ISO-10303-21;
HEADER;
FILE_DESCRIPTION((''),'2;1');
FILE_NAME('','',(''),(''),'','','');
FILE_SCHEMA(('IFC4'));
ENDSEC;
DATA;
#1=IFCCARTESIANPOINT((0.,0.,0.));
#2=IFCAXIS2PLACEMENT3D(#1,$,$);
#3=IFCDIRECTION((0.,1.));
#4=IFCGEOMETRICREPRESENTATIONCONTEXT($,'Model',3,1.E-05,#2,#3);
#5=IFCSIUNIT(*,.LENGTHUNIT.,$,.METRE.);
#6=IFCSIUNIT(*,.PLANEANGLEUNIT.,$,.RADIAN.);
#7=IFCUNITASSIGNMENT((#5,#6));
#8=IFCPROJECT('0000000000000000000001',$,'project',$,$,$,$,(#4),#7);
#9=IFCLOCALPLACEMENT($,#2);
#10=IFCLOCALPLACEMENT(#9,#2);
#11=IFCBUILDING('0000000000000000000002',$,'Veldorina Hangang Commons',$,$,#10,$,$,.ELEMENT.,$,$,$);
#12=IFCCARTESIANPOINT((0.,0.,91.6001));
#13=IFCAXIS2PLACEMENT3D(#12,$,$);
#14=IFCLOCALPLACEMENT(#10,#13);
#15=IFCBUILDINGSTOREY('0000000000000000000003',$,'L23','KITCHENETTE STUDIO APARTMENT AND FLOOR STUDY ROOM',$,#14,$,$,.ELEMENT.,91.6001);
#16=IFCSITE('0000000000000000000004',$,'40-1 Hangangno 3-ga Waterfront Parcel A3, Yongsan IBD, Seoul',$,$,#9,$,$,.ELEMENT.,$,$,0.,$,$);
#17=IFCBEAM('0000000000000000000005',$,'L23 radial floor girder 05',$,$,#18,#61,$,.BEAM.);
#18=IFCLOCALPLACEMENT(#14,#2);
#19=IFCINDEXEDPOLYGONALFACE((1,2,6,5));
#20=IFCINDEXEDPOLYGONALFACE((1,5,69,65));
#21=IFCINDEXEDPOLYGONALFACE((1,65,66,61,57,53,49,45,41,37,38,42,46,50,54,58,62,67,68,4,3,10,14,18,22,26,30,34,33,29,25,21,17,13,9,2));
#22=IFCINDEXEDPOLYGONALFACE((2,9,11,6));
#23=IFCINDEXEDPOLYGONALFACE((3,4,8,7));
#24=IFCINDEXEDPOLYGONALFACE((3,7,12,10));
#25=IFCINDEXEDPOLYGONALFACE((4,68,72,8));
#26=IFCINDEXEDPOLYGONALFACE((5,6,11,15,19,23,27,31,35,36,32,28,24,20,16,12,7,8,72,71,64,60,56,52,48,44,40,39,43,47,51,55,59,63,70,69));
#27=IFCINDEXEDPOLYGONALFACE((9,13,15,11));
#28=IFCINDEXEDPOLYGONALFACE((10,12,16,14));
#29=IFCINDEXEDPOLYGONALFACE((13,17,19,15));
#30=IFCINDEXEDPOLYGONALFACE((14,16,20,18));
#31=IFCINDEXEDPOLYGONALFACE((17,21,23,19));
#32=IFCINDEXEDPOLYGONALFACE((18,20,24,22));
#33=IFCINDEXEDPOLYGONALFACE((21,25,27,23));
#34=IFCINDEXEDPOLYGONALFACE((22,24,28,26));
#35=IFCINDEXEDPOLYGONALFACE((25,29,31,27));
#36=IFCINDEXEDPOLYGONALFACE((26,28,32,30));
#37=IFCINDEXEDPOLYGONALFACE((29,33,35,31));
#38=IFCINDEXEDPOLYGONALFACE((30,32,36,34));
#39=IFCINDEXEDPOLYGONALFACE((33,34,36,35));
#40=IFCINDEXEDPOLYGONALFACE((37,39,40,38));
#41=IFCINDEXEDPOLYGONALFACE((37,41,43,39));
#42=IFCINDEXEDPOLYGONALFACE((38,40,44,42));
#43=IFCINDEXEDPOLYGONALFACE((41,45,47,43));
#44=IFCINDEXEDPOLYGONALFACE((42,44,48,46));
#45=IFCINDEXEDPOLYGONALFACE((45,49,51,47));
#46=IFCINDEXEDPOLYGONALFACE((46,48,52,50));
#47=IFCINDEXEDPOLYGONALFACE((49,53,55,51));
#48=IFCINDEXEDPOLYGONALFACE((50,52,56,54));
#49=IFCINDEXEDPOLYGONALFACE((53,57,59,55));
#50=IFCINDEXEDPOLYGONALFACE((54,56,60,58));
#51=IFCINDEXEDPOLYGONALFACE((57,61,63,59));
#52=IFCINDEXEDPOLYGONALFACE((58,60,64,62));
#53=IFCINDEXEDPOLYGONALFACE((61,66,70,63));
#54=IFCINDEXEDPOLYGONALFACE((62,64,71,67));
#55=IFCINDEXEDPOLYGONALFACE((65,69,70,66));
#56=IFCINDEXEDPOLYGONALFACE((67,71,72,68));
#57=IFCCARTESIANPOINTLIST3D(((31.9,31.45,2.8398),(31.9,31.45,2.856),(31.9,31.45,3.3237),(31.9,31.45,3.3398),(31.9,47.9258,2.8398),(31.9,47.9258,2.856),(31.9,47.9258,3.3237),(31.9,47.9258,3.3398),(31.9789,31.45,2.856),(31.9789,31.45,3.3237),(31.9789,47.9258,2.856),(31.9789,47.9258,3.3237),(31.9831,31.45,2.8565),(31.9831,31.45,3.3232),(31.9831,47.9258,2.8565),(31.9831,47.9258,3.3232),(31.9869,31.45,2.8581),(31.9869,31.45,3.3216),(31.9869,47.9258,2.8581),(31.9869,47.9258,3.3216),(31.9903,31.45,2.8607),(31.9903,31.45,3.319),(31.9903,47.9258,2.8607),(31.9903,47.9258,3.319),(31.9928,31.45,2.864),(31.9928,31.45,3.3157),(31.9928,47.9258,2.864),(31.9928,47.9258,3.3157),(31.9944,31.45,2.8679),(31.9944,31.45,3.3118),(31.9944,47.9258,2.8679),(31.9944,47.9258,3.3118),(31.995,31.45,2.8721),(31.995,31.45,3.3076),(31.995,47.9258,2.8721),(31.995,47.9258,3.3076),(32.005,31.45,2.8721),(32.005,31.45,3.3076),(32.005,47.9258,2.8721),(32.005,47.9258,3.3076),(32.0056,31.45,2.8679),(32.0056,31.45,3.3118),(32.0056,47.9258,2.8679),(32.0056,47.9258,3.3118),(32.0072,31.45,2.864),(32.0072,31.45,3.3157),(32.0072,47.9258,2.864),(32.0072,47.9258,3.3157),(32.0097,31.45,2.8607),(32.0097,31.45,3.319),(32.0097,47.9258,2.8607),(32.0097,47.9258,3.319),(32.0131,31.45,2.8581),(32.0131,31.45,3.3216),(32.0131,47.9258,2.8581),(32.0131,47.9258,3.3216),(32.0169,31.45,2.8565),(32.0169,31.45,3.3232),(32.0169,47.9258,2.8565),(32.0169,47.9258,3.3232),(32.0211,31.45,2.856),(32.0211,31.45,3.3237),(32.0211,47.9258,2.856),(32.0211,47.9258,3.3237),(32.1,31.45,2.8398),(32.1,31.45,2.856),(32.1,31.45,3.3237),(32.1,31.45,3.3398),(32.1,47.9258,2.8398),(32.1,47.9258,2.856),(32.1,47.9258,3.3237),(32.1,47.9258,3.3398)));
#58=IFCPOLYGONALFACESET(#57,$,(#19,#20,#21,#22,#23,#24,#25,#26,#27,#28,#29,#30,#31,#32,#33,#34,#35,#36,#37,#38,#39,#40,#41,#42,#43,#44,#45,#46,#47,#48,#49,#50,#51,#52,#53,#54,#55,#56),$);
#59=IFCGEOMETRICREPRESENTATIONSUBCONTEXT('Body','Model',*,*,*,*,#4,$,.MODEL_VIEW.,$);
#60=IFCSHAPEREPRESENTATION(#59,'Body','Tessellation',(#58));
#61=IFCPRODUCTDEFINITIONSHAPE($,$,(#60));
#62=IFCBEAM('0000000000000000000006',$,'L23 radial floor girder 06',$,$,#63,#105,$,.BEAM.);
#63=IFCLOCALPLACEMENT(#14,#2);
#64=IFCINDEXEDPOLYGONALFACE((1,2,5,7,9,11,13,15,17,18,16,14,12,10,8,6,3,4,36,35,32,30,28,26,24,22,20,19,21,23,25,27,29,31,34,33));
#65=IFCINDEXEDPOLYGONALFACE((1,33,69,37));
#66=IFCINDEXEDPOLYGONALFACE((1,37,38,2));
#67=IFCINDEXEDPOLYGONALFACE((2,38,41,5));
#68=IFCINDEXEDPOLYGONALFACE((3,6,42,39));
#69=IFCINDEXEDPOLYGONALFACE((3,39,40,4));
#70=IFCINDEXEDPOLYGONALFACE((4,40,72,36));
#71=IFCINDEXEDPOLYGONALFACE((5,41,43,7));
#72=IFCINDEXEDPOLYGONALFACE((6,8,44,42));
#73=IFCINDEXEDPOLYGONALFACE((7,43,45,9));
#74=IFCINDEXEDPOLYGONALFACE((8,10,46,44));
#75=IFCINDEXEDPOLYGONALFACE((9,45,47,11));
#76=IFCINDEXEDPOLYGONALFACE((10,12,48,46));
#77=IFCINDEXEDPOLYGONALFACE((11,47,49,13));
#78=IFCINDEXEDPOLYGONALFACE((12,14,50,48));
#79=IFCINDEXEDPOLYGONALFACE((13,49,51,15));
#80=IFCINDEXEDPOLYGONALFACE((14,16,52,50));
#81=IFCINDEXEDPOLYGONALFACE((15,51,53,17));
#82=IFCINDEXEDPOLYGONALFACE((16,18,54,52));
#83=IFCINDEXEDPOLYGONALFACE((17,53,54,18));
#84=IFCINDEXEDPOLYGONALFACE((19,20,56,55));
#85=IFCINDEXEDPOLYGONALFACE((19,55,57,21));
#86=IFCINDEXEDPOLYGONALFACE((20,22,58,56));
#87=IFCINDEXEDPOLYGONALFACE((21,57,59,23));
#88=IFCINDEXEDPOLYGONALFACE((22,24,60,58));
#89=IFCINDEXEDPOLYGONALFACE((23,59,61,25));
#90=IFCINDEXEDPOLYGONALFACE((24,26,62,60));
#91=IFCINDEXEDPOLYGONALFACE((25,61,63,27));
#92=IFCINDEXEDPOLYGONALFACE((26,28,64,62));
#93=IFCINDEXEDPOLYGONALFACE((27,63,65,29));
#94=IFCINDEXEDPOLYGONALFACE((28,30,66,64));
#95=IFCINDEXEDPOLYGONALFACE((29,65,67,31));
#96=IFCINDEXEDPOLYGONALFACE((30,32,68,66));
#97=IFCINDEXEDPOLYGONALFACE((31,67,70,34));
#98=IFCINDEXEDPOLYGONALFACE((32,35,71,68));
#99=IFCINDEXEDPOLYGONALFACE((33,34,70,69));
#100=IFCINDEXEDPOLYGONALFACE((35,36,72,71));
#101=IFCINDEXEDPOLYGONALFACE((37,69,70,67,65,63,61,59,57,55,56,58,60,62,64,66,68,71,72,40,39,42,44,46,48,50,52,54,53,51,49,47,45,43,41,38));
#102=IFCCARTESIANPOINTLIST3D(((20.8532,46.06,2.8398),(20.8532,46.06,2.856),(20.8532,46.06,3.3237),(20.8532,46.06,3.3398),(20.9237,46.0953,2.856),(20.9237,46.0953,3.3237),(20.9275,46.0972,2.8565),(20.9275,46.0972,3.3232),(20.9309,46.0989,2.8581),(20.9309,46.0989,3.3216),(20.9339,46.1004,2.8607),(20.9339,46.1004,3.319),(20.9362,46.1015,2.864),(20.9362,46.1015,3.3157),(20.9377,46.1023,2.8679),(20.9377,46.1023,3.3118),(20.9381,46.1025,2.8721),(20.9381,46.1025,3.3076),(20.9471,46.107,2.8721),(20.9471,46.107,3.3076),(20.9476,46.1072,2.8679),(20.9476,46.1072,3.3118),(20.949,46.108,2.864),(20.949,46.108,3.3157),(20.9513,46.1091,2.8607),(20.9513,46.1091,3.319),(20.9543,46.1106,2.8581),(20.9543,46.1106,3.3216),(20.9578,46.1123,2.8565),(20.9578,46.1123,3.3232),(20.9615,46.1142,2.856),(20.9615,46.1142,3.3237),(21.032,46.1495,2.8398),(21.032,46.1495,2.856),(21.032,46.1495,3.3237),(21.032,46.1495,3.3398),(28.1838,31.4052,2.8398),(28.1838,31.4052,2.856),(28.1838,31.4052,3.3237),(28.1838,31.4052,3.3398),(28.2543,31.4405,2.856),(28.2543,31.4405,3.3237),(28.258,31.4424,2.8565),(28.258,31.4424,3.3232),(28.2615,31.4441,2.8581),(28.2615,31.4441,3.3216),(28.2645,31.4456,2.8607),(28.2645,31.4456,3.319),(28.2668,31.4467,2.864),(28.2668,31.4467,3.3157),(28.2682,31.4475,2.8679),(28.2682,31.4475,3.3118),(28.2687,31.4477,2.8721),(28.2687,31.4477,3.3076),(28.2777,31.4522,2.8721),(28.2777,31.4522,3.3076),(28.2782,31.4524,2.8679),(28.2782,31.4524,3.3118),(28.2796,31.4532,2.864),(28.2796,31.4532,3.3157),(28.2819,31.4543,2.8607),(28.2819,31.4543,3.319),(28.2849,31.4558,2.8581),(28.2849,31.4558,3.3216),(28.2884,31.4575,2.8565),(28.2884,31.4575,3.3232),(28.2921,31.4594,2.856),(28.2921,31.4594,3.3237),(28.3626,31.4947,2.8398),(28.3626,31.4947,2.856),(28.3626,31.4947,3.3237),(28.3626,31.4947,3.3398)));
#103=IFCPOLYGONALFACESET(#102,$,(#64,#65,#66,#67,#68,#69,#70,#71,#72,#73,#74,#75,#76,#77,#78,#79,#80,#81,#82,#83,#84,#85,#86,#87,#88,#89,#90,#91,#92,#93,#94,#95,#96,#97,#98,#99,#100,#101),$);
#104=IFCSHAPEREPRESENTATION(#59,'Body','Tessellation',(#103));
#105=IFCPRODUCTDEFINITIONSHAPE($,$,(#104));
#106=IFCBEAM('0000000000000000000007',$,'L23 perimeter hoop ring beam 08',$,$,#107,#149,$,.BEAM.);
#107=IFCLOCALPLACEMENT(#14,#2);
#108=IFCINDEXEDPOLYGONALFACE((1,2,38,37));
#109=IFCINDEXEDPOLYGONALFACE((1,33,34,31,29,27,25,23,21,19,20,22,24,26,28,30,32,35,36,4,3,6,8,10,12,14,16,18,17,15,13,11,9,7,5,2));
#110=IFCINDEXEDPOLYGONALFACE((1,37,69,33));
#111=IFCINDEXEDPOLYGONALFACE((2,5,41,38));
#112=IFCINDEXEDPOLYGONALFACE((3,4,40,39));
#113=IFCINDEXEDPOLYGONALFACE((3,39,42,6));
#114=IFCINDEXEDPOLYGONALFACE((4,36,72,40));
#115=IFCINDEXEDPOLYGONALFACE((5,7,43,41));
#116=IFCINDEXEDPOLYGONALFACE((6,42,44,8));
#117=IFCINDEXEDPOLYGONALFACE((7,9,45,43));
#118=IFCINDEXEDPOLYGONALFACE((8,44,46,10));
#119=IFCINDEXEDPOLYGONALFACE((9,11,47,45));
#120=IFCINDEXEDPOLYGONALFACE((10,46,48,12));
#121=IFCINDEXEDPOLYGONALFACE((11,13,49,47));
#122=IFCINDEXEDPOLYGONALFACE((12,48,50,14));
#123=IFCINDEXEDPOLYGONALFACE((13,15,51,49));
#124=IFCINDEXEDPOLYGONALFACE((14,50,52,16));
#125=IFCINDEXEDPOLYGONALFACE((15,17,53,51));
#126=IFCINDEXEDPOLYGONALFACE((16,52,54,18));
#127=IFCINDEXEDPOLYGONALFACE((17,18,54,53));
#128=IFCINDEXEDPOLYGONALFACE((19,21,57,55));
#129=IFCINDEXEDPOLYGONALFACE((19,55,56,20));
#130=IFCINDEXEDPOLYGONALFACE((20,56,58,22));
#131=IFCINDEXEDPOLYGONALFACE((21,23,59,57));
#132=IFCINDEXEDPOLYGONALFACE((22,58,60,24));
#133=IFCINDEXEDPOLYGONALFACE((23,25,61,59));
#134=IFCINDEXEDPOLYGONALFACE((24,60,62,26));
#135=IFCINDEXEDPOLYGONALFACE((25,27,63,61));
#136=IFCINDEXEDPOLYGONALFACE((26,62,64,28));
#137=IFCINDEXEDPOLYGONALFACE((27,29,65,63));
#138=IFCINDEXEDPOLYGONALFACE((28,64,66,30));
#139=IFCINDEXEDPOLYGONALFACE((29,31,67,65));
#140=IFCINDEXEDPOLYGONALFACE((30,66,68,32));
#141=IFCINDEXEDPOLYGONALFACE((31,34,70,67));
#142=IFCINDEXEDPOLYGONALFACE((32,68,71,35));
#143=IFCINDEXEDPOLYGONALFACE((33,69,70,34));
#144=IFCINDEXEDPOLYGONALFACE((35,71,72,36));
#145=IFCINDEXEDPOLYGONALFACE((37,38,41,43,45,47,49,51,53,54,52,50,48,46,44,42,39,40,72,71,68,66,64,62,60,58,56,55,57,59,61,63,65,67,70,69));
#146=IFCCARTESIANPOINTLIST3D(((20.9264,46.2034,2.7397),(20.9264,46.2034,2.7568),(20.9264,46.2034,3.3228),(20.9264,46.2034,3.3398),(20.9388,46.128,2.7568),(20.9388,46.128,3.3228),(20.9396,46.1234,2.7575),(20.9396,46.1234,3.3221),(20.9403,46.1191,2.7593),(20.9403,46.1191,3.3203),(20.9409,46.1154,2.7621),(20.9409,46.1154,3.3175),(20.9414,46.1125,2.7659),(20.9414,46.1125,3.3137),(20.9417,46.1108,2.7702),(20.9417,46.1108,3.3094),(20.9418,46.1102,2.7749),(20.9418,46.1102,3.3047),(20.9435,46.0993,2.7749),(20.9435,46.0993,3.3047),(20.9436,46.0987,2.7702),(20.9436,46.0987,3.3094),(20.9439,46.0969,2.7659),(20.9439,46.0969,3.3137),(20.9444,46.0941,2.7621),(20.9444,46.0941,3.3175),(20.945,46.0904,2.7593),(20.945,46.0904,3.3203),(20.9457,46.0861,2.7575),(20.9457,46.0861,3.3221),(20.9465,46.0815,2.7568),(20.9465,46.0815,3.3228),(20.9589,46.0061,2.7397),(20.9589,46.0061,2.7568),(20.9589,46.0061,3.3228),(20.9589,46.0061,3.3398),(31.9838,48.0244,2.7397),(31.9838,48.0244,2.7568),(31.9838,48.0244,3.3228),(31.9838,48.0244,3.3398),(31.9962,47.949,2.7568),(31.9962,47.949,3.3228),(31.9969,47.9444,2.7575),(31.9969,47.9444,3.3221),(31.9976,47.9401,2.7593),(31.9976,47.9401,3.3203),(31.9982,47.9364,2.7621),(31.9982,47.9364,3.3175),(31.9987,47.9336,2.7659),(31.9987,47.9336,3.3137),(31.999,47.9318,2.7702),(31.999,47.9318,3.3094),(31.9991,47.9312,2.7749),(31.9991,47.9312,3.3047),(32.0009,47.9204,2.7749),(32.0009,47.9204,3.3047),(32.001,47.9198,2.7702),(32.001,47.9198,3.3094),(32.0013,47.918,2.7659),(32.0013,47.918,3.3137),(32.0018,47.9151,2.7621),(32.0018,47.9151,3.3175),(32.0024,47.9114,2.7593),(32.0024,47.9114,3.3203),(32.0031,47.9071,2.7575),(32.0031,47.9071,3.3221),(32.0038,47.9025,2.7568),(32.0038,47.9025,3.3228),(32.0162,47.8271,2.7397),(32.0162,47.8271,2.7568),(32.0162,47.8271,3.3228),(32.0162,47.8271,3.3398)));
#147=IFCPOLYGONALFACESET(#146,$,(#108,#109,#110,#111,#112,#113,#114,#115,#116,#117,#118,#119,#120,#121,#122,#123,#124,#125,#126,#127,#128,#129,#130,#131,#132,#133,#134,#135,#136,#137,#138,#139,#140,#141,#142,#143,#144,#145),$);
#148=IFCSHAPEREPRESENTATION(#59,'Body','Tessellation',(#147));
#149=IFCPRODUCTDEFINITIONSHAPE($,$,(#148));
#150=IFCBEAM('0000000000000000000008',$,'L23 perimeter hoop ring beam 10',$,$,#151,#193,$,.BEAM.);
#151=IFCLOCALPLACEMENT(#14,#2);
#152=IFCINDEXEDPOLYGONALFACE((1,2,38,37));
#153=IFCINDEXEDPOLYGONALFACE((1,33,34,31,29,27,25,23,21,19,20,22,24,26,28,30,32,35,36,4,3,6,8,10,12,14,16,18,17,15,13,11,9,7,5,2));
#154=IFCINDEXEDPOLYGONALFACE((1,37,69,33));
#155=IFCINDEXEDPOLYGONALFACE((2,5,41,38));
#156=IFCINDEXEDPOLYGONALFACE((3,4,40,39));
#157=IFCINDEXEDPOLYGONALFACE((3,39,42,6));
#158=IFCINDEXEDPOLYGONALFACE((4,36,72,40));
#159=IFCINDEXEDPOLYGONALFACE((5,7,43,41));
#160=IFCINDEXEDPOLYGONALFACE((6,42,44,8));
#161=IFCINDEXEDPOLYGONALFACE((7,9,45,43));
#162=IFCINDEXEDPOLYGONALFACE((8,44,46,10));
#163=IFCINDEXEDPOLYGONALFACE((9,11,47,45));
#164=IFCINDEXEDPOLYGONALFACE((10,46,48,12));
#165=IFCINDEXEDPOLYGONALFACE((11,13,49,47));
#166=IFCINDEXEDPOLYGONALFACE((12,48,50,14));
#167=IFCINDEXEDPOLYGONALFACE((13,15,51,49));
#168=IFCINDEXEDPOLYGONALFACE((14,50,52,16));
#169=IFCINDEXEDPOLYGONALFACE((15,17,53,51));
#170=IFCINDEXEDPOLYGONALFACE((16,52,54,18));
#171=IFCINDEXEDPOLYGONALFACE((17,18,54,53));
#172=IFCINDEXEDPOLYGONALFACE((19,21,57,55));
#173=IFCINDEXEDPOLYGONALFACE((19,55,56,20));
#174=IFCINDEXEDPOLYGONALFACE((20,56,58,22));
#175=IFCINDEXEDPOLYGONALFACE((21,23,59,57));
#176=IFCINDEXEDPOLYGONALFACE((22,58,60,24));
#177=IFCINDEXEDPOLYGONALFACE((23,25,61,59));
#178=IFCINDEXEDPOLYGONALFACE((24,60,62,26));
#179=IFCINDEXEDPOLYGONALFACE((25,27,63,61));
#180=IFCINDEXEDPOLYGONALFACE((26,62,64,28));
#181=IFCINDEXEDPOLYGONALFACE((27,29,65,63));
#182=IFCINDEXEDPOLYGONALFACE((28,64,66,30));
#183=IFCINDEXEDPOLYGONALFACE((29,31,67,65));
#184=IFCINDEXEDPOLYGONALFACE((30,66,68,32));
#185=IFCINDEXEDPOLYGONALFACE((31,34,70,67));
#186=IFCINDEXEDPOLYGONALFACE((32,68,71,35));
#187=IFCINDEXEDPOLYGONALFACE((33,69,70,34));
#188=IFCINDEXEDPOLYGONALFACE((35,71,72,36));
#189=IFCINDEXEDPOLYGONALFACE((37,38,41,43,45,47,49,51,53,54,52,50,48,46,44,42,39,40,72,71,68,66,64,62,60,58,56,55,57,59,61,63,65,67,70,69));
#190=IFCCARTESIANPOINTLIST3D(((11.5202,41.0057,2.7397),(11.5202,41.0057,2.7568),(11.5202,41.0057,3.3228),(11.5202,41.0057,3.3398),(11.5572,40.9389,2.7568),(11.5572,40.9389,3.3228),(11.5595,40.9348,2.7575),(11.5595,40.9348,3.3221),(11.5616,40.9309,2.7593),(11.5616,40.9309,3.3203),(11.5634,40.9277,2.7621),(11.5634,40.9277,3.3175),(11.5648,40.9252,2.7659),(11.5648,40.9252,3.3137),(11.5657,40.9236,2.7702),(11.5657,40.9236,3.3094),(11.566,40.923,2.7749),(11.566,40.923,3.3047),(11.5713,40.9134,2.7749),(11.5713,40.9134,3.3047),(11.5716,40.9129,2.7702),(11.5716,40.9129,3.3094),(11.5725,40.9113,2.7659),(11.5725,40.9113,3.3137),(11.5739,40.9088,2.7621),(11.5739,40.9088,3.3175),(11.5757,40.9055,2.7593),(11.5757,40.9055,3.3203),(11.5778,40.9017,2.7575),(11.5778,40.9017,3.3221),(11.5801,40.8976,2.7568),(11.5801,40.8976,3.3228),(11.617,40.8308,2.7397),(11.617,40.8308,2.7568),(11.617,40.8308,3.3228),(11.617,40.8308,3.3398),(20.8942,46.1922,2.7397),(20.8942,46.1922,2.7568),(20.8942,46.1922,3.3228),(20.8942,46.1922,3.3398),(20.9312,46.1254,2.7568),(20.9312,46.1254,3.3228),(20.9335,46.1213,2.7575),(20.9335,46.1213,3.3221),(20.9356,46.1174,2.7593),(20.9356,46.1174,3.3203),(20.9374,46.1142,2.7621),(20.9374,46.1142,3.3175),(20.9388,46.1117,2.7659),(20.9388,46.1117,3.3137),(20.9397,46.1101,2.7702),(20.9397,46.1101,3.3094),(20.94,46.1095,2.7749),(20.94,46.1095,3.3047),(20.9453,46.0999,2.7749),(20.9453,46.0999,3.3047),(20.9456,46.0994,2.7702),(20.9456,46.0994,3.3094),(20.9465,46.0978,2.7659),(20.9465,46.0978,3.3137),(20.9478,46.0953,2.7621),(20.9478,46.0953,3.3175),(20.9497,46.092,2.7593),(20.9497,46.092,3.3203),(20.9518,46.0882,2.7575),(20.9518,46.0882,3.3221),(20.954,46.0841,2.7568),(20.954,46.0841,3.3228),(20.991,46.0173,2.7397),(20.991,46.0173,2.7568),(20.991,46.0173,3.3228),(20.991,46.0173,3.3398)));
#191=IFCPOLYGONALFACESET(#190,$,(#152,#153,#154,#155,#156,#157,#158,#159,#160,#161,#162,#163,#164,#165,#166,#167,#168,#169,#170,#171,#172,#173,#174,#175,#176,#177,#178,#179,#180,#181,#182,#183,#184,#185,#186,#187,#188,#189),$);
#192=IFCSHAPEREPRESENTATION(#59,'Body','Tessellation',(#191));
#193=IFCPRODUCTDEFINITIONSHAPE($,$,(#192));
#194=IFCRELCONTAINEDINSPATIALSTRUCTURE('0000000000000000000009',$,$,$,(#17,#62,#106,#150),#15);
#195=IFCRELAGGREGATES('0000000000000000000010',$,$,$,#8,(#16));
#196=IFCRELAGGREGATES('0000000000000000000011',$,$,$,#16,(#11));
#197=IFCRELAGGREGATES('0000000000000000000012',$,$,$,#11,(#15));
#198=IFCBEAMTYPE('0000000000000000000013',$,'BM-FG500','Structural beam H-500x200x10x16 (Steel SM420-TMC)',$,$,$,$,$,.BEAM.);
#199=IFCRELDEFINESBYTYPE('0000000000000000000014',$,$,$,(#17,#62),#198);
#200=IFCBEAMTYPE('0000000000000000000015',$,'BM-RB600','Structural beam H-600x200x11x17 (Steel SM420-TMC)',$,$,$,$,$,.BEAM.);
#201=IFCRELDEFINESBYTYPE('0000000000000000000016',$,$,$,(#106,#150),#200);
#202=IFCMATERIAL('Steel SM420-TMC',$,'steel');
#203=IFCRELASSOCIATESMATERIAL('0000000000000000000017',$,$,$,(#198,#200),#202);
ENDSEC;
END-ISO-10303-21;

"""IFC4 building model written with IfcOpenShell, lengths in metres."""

from ifc_helpers import new_model, si_unit, direction, frame, origin, origin_2d, place, context, subcontext, project, spatial, i_section, extrude, material, material_profile, profile_set, type_object, element, save


model = new_model("IFC4")

# Units and contexts
model_context = context("Model", 3, precision=1e-05, world=origin(), true_north=direction((0.0, 1.0)))
body_context = subcontext(model_context, "Body", "Model", "MODEL_VIEW")
ifc_project = project(units=[si_unit("LENGTHUNIT", "METRE"), si_unit("PLANEANGLEUNIT", "RADIAN")], contexts=[model_context])

# Site, building, storey
site_placement = place(None, origin())
site = spatial("IfcSite", under=ifc_project, at=site_placement, Name="40-1 Hangangno 3-ga Waterfront Parcel A3, Yongsan IBD, Seoul", CompositionType="ELEMENT", RefElevation=0.0)
building_placement = place(site_placement, origin())
building = spatial("IfcBuilding", under=site, at=building_placement, Name="Veldorina Hangang Commons", CompositionType="ELEMENT")
storey_placement = place(building_placement, frame((0.0, 0.0, 91.6001)))
storey = spatial("IfcBuildingStorey", under=building, at=storey_placement, Name="L23", Description="KITCHENETTE STUDIO APARTMENT AND FLOOR STUDY ROOM", CompositionType="ELEMENT", Elevation=91.6001)

# Beams
ifc_material_1 = material(Name="Steel SM420-TMC", Category="steel")
ifc_material_profile_1 = material_profile(ifc_material_1, i_section(OverallWidth=0.2, OverallDepth=0.5, WebThickness=0.01, FlangeThickness=0.0161, FilletRadius=0.0161, at=origin_2d()), Name="H-500x200x10x16")
ifc_profile_set_1 = profile_set([ifc_material_profile_1], Name="Steel SM420-TMC")
beam_type_1 = type_object("IfcBeamType", Name="BM-FG500", Description="Structural beam H-500x200x10x16 (Steel SM420-TMC)", PredefinedType="BEAM", material=ifc_profile_set_1)
beam_1_placement = place(storey_placement, frame((32.0, 31.45, 3.0898), z_axis=(0.0, 1.0, 0.0), x_axis=(-1.0, 0.0, 0.0)))
element("IfcBeam", 1, at=beam_1_placement, inside=storey, type_object=beam_type_1, Name="L23 radial floor girder 05", PredefinedType="BEAM", context=body_context, shape_type="SweptSolid", body=[
    extrude(i_section(OverallWidth=0.2, OverallDepth=0.5, WebThickness=0.01, FlangeThickness=0.0161, FilletRadius=0.0161, at=origin_2d()), origin(), (0.0, 0.0, 1.0), 16.4758),
])
beam_2_placement = place(storey_placement, frame((28.2732, 31.45, 3.0898), z_axis=(-0.447369, 0.89435, 0.0), x_axis=(-0.89435, -0.447369, 0.0)))
element("IfcBeam", 2, at=beam_2_placement, inside=storey, type_object=beam_type_1, Name="L23 radial floor girder 06", PredefinedType="BEAM", context=body_context, shape_type="SweptSolid", body=[
    extrude(i_section(OverallWidth=0.2, OverallDepth=0.5, WebThickness=0.01, FlangeThickness=0.0161, FilletRadius=0.0161, at=origin_2d()), origin(), (0.0, 0.0, 1.0), 16.386),
])
ifc_material_profile_2 = material_profile(ifc_material_1, i_section(OverallWidth=0.2, OverallDepth=0.6001, WebThickness=0.011, FlangeThickness=0.0171, FilletRadius=0.0181, at=origin_2d()), Name="H-600x200x11x17")
ifc_profile_set_2 = profile_set([ifc_material_profile_2], Name="Steel SM420-TMC")
beam_type_2 = type_object("IfcBeamType", Name="BM-RB600", Description="Structural beam H-600x200x11x17 (Steel SM420-TMC)", PredefinedType="BEAM", material=ifc_profile_set_2)
beam_3_placement = place(storey_placement, frame((32.0, 47.9258, 3.0398), z_axis=(-0.986708, -0.162502, 0.0), x_axis=(0.162502, -0.986708, 0.0)))
element("IfcBeam", 3, at=beam_3_placement, inside=storey, type_object=beam_type_2, Name="L23 perimeter hoop ring beam 08", PredefinedType="BEAM", context=body_context, shape_type="SweptSolid", body=[
    extrude(i_section(OverallWidth=0.2, OverallDepth=0.6001, WebThickness=0.011, FlangeThickness=0.0171, FilletRadius=0.0181, at=origin_2d()), origin(), (0.0, 0.0, 1.0), 11.2063),
])
beam_4_placement = place(storey_placement, frame((20.9426, 46.1047, 3.0398), z_axis=(-0.874999, -0.484125, 0.0), x_axis=(0.484125, -0.874999, 0.0)))
element("IfcBeam", 4, at=beam_4_placement, inside=storey, type_object=beam_type_2, Name="L23 perimeter hoop ring beam 10", PredefinedType="BEAM", context=body_context, shape_type="SweptSolid", body=[
    extrude(i_section(OverallWidth=0.2, OverallDepth=0.6001, WebThickness=0.011, FlangeThickness=0.0171, FilletRadius=0.0181, at=origin_2d()), origin(), (0.0, 0.0, 1.0), 10.7131),
])

save(model, "model.ifc")
